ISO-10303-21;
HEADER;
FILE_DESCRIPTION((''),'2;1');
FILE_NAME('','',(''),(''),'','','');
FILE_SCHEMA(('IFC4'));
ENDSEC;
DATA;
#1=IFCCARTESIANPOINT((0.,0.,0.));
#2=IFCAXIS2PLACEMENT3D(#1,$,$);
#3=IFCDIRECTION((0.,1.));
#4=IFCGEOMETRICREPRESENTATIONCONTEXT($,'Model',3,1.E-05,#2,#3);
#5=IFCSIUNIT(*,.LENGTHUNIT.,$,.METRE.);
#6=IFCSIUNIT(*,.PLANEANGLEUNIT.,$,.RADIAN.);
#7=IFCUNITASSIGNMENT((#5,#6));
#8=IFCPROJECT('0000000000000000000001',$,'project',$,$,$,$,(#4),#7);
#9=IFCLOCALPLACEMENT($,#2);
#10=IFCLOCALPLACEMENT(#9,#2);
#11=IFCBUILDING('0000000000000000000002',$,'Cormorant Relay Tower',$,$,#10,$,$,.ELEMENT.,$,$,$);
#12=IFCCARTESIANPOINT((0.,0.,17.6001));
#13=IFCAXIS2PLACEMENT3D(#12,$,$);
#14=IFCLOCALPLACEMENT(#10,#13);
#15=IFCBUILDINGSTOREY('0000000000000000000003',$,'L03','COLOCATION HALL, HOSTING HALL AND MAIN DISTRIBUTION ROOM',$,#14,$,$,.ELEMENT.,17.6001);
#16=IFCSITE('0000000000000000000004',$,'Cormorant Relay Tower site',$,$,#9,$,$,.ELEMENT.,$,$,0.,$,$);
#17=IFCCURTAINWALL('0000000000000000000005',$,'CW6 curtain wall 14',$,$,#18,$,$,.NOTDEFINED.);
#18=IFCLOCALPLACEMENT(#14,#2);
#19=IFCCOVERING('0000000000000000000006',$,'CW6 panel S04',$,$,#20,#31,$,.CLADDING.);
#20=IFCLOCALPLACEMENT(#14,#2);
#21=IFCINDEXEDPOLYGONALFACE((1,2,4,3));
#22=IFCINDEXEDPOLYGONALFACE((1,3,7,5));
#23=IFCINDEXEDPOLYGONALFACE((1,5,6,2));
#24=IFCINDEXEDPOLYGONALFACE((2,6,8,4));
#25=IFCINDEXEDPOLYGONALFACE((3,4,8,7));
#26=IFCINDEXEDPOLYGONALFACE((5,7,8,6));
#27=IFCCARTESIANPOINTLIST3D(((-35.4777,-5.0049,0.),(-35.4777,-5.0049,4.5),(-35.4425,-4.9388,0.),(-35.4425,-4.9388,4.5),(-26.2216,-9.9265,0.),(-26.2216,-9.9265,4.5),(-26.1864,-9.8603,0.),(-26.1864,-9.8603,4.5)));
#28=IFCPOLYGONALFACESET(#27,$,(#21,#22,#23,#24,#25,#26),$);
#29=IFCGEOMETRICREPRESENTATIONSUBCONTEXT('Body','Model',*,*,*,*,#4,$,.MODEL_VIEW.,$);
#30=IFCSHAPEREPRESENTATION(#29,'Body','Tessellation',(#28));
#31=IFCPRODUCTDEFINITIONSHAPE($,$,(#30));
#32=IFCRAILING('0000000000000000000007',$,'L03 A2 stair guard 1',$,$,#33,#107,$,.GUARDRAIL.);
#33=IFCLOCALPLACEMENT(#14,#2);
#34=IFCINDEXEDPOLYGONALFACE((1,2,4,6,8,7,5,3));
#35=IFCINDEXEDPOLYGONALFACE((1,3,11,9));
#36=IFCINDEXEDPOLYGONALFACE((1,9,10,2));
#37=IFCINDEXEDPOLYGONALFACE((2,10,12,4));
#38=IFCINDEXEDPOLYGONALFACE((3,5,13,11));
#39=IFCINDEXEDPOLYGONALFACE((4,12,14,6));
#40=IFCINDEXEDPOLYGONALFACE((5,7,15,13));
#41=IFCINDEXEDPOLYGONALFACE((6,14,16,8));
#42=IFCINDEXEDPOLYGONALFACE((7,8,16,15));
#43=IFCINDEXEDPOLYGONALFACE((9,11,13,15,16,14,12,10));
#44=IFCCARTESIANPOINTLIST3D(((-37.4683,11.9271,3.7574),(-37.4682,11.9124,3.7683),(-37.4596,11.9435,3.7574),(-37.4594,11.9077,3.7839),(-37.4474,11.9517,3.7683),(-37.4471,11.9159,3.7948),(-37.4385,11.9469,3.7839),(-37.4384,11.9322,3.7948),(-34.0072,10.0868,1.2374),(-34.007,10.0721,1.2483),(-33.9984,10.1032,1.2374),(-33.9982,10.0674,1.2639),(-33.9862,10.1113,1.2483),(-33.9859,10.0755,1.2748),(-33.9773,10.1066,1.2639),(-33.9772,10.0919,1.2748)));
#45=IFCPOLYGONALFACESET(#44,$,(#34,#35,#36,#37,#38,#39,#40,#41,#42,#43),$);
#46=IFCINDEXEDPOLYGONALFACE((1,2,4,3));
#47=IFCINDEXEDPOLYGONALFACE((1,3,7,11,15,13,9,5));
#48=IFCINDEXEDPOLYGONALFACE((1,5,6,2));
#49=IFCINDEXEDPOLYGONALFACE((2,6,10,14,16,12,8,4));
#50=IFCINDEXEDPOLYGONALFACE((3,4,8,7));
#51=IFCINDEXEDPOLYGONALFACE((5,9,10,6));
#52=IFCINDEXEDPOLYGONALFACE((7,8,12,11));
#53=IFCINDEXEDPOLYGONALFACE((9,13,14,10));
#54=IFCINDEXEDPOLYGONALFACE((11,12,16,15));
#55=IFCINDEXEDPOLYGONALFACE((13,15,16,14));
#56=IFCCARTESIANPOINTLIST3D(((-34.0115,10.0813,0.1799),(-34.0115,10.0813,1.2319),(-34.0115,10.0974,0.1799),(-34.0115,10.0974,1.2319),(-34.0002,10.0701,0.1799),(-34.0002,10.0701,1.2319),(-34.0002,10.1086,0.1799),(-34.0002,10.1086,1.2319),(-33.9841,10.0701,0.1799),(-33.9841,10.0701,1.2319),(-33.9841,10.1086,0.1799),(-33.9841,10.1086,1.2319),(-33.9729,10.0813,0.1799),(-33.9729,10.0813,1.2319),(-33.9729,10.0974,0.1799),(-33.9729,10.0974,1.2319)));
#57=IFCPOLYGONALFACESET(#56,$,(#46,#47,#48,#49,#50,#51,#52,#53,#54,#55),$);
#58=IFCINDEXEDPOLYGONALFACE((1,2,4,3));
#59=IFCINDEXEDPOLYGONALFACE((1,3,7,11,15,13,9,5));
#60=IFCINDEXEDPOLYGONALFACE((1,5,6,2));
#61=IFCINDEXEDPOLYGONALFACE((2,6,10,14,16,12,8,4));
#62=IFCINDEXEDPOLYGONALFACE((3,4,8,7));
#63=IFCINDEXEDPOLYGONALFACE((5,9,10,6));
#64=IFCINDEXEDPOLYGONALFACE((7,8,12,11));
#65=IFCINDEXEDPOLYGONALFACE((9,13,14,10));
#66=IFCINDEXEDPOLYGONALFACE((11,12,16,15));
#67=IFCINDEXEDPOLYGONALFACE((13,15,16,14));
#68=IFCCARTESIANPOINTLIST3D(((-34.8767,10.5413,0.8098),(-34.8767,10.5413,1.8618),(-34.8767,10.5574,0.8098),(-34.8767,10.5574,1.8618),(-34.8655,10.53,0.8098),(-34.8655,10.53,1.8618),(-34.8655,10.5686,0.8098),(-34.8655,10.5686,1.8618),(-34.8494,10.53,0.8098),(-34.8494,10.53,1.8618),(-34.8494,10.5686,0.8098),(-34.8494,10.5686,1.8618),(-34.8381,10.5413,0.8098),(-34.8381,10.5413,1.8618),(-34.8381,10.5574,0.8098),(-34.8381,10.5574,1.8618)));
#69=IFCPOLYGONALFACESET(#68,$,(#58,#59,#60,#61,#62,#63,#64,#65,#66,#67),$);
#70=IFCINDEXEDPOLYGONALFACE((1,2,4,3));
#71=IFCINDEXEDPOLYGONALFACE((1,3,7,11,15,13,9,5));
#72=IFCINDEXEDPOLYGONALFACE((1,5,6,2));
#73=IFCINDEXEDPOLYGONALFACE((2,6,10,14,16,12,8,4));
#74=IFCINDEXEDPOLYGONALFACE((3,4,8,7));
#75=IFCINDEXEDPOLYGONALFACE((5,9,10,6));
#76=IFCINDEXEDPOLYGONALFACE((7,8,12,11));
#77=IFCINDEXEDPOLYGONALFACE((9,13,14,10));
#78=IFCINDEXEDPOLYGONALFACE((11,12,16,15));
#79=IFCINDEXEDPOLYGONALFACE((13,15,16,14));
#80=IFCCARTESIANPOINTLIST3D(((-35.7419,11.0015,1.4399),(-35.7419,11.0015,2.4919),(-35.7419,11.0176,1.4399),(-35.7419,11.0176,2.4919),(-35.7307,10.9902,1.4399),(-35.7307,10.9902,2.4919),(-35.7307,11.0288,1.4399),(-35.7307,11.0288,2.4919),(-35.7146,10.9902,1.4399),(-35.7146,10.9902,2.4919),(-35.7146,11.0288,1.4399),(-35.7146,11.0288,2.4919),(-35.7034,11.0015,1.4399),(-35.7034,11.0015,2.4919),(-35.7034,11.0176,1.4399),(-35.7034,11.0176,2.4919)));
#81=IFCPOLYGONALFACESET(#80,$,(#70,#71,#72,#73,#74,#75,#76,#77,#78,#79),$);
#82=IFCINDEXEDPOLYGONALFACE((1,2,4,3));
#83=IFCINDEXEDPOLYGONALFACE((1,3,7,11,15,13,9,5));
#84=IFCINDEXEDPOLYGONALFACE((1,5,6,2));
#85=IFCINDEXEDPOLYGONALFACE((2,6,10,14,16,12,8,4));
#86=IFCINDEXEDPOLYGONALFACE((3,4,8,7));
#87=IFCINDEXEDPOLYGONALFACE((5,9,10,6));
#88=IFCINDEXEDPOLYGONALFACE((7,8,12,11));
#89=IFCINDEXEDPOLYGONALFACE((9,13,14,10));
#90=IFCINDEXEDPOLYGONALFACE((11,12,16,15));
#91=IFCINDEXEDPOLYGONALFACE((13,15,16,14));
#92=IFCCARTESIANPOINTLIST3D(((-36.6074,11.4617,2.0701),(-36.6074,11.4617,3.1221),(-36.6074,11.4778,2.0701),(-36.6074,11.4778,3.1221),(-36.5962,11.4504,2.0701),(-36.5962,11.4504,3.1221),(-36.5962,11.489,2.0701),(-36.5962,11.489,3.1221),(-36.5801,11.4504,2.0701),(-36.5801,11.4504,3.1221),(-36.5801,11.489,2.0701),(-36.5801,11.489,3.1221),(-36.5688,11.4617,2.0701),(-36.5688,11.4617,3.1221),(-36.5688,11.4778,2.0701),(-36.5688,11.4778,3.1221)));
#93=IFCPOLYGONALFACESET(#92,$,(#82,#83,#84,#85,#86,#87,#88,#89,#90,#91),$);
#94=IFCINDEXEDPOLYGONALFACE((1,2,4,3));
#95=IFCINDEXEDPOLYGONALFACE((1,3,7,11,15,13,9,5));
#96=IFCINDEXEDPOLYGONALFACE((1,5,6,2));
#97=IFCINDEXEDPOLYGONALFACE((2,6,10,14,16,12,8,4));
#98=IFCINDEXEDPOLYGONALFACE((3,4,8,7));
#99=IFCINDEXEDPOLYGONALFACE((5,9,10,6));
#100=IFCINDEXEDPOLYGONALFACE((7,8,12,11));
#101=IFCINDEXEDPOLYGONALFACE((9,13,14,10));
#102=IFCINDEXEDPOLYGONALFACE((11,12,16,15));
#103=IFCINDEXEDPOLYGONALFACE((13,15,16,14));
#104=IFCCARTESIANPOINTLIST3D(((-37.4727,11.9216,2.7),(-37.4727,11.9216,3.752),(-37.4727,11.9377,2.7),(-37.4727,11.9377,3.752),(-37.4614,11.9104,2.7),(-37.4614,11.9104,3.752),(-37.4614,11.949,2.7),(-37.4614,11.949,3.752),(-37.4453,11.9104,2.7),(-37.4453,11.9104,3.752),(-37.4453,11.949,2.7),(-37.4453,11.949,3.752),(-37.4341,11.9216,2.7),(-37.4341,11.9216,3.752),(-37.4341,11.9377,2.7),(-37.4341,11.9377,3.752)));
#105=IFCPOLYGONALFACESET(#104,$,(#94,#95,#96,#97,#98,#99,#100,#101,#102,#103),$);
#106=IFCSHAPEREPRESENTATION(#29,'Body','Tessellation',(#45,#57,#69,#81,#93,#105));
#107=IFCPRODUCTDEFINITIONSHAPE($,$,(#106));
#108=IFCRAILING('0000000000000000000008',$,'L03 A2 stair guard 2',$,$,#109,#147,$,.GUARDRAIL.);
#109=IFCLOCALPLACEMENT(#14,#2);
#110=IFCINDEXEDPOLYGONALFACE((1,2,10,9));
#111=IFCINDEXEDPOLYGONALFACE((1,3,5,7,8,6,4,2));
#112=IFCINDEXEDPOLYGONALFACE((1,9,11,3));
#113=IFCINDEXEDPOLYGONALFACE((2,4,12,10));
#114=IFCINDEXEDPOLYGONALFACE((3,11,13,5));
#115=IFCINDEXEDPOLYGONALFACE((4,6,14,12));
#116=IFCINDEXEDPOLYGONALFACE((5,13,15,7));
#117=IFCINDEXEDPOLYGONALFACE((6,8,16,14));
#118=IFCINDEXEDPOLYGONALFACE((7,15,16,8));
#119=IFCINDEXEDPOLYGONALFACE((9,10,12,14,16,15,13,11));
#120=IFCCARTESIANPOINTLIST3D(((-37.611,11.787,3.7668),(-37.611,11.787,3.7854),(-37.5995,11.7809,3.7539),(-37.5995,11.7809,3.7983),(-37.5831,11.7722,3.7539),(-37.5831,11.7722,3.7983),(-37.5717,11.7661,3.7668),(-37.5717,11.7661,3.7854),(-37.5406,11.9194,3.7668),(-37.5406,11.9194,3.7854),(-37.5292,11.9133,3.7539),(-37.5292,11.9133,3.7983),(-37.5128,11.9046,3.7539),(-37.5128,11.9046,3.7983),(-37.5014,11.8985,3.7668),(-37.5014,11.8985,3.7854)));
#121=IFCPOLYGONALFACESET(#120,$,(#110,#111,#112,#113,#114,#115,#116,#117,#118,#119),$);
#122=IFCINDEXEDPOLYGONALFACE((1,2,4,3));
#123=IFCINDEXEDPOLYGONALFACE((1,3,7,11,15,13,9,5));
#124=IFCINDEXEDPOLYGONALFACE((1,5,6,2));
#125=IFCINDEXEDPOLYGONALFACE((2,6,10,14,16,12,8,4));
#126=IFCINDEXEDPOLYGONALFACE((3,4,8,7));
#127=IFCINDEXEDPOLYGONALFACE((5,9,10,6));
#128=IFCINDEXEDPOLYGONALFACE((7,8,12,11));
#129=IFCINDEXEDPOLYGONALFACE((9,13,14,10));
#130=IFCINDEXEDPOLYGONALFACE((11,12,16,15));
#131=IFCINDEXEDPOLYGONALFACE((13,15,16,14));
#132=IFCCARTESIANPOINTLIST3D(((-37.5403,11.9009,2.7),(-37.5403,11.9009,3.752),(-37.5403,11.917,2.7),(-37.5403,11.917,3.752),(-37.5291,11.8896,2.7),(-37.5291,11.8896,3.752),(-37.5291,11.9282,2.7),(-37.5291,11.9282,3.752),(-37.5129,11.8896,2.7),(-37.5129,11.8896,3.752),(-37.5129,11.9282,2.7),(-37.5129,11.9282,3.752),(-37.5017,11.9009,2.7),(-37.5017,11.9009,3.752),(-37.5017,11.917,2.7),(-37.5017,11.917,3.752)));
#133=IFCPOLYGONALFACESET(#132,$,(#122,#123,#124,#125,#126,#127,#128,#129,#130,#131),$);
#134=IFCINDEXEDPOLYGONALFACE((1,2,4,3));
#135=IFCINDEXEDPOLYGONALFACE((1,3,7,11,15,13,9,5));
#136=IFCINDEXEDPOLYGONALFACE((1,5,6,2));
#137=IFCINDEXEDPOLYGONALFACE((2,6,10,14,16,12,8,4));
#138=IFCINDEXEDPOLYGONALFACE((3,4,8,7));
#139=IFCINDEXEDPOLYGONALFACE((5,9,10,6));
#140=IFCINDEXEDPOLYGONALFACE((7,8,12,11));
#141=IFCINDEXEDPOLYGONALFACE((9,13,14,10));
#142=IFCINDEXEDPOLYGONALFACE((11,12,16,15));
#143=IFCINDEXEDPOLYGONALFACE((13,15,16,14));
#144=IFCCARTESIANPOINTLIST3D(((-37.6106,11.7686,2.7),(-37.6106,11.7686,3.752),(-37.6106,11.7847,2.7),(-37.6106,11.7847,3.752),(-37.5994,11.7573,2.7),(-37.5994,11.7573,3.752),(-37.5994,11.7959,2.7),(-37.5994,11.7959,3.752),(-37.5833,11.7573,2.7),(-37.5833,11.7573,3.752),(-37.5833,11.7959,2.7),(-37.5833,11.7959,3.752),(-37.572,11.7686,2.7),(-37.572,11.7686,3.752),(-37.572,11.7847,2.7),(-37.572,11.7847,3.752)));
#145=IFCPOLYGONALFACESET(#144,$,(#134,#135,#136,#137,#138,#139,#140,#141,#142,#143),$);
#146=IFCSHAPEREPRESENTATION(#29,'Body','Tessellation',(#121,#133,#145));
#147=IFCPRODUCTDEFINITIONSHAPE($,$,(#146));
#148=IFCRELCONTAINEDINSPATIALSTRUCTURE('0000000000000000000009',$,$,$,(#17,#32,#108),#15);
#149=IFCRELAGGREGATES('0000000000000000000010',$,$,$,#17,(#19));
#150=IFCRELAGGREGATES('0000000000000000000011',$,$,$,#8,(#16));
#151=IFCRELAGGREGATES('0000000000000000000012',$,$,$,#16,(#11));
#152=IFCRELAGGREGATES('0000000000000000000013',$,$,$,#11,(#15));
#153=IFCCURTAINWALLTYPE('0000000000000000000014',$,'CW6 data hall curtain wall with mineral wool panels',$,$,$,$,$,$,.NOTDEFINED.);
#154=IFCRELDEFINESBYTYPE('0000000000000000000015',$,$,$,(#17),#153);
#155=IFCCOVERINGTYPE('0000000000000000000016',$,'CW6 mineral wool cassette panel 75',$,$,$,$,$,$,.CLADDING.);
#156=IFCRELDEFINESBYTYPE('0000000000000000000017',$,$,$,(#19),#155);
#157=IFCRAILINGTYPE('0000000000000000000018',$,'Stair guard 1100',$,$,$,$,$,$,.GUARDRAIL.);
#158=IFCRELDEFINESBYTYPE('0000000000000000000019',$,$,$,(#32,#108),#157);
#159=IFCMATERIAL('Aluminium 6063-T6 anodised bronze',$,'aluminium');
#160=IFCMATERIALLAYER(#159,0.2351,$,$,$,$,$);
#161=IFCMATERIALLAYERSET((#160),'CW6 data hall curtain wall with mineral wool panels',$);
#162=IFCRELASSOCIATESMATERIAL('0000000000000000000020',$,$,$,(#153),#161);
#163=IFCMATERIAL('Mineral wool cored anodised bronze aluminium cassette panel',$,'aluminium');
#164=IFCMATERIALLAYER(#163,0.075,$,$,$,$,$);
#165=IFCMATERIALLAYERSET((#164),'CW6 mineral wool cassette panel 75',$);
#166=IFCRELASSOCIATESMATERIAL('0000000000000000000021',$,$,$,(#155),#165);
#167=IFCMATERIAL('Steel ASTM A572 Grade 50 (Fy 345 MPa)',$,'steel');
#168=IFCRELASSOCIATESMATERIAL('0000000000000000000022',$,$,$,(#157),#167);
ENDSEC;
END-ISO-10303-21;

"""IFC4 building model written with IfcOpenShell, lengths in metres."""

from ifc_helpers import new_model, si_unit, direction, frame, origin, origin_2d, place, context, subcontext, project, spatial, polyline, rectangle, outline, extrude, material, layer, layer_set, type_object, element, aggregate, save


model = new_model("IFC4")

# Units and contexts
model_context = context("Model", 3, precision=1e-05, world=origin(), true_north=direction((0.0, 1.0)))
body_context = subcontext(model_context, "Body", "Model", "MODEL_VIEW")
ifc_project = project(units=[si_unit("LENGTHUNIT", "METRE"), si_unit("PLANEANGLEUNIT", "RADIAN")], contexts=[model_context])

# Site, building, storey
site_placement = place(None, origin())
site = spatial("IfcSite", under=ifc_project, at=site_placement, Name="Cormorant Relay Tower site", CompositionType="ELEMENT", RefElevation=0.0)
building_placement = place(site_placement, origin())
building = spatial("IfcBuilding", under=site, at=building_placement, Name="Cormorant Relay Tower", CompositionType="ELEMENT")
storey_placement = place(building_placement, frame((0.0, 0.0, 17.6001)))
storey = spatial("IfcBuildingStorey", under=building, at=storey_placement, Name="L03", Description="COLOCATION HALL, HOSTING HALL AND MAIN DISTRIBUTION ROOM", CompositionType="ELEMENT", Elevation=17.6001)

# Curtain wall
ifc_material_1 = material(Name="Aluminium 6063-T6 anodised bronze", Category="aluminium")
ifc_layer_1 = layer(ifc_material_1, 0.2351)
ifc_layer_set_1 = layer_set([ifc_layer_1], Name="CW6 data hall curtain wall with mineral wool panels")
curtain_wall_type = type_object("IfcCurtainWallType", Name="CW6 data hall curtain wall with mineral wool panels", PredefinedType="NOTDEFINED", material=ifc_layer_set_1)
curtain_wall_placement = place(storey_placement, origin())
curtain_wall = element("IfcCurtainWall", 1, at=curtain_wall_placement, inside=storey, type_object=curtain_wall_type, Name="CW6 curtain wall 14", PredefinedType="NOTDEFINED")

# Covering
ifc_material_2 = material(Name="Mineral wool cored anodised bronze aluminium cassette panel", Category="aluminium")
ifc_layer_2 = layer(ifc_material_2, 0.075)
ifc_layer_set_2 = layer_set([ifc_layer_2], Name="CW6 mineral wool cassette panel 75")
covering_type = type_object("IfcCoveringType", Name="CW6 mineral wool cassette panel 75", PredefinedType="CLADDING", material=ifc_layer_set_2)
covering_1_placement = place(storey_placement, frame((-30.832, -7.4326, 0.0), z_axis=(0.0, 0.0, 1.0), x_axis=(0.882948, -0.469472, 0.0)))
covering_1 = element("IfcCovering", 2, at=covering_1_placement, type_object=covering_type, Name="CW6 panel S04", PredefinedType="CLADDING", context=body_context, shape_type="SweptSolid", body=[
    extrude(rectangle(XDim=10.4832, YDim=0.075, at=origin_2d()), origin(), (0.0, 0.0, 1.0), 4.5),
])
aggregate(curtain_wall, [covering_1])

# Railings
ifc_material_3 = material(Name="Steel ASTM A572 Grade 50 (Fy 345 MPa)", Category="steel")
railing_type_1 = type_object("IfcRailingType", Name="Stair guard 1100", PredefinedType="GUARDRAIL", material=ifc_material_3)
railing_1_placement = place(storey_placement, frame((-33.9922, 10.0894, 0.1799)))
element("IfcRailing", 3, at=railing_1_placement, inside=storey, type_object=railing_type_1, Name="L03 A2 stair guard 1", PredefinedType="GUARDRAIL", context=body_context, shape_type="SweptSolid", body=[
    extrude(outline(polyline([(0.0222, 0.0093), (0.0093, 0.0222), (-0.0093, 0.0222), (-0.0222, 0.0093), (-0.0222, -0.0093), (-0.0093, -0.0222), (0.0093, -0.0222), (0.0222, -0.0093), (0.0222, 0.0093)])), frame((0.0, 0.0, 1.0762), z_axis=(-0.742717, 0.394907, 0.540758), x_axis=(-0.469469, -0.882949, 0.0)), (0.0, 0.0, 1.0), 4.6602),
    extrude(outline(polyline([(0.0193, 0.0081), (0.0081, 0.0193), (-0.0081, 0.0193), (-0.0193, 0.0081), (-0.0193, -0.0081), (-0.0081, -0.0193), (0.0081, -0.0193), (0.0193, -0.0081), (0.0193, 0.0081)])), origin(), (0.0, 0.0, 1.0), 1.052),
    extrude(outline(polyline([(0.0193, 0.0081), (0.0081, 0.0193), (-0.0081, 0.0193), (-0.0193, 0.0081), (-0.0193, -0.0081), (-0.0081, -0.0193), (0.0081, -0.0193), (0.0193, -0.0081), (0.0193, 0.0081)])), frame((-0.8652, 0.46, 0.6299)), (0.0, 0.0, 1.0), 1.052),
    extrude(outline(polyline([(0.0193, 0.0081), (0.0081, 0.0193), (-0.0081, 0.0193), (-0.0193, 0.0081), (-0.0193, -0.0081), (-0.0081, -0.0193), (0.0081, -0.0193), (0.0193, -0.0081), (0.0193, 0.0081)])), frame((-1.7305, 0.9202, 1.26)), (0.0, 0.0, 1.0), 1.052),
    extrude(outline(polyline([(0.0193, 0.0081), (0.0081, 0.0193), (-0.0081, 0.0193), (-0.0193, 0.0081), (-0.0193, -0.0081), (-0.0081, -0.0193), (0.0081, -0.0193), (0.0193, -0.0081), (0.0193, 0.0081)])), frame((-2.5959, 1.3804, 1.8901)), (0.0, 0.0, 1.0), 1.052),
    extrude(outline(polyline([(0.0193, 0.0081), (0.0081, 0.0193), (-0.0081, 0.0193), (-0.0193, 0.0081), (-0.0193, -0.0081), (-0.0081, -0.0193), (0.0081, -0.0193), (0.0193, -0.0081), (0.0193, 0.0081)])), frame((-3.4612, 1.8403, 2.52)), (0.0, 0.0, 1.0), 1.052),
])
railing_2_placement = place(storey_placement, frame((-37.521, 11.9089, 2.7)))
element("IfcRailing", 4, at=railing_2_placement, inside=storey, type_object=railing_type_1, Name="L03 A2 stair guard 2", PredefinedType="GUARDRAIL", context=body_context, shape_type="SweptSolid", body=[
    extrude(outline(polyline([(0.0222, 0.0093), (0.0093, 0.0222), (-0.0093, 0.0222), (-0.0222, 0.0093), (-0.0222, -0.0093), (-0.0093, -0.0222), (0.0093, -0.0222), (0.0222, -0.0093), (0.0222, 0.0093)])), frame((0.0, 0.0, 1.0762), z_axis=(-0.469235, -0.883074, 0.0), x_axis=(0.883074, -0.469235, 0.0)), (0.0, 0.0, 1.0), 0.1499),
    extrude(outline(polyline([(0.0193, 0.0081), (0.0081, 0.0193), (-0.0081, 0.0193), (-0.0193, 0.0081), (-0.0193, -0.0081), (-0.0081, -0.0193), (0.0081, -0.0193), (0.0193, -0.0081), (0.0193, 0.0081)])), origin(), (0.0, 0.0, 1.0), 1.052),
    extrude(outline(polyline([(0.0193, 0.0081), (0.0081, 0.0193), (-0.0081, 0.0193), (-0.0193, 0.0081), (-0.0193, -0.0081), (-0.0081, -0.0193), (0.0081, -0.0193), (0.0193, -0.0081), (0.0193, 0.0081)])), frame((-0.0703, -0.1323, 0.0)), (0.0, 0.0, 1.0), 1.052),
])

save(model, "model.ifc")
